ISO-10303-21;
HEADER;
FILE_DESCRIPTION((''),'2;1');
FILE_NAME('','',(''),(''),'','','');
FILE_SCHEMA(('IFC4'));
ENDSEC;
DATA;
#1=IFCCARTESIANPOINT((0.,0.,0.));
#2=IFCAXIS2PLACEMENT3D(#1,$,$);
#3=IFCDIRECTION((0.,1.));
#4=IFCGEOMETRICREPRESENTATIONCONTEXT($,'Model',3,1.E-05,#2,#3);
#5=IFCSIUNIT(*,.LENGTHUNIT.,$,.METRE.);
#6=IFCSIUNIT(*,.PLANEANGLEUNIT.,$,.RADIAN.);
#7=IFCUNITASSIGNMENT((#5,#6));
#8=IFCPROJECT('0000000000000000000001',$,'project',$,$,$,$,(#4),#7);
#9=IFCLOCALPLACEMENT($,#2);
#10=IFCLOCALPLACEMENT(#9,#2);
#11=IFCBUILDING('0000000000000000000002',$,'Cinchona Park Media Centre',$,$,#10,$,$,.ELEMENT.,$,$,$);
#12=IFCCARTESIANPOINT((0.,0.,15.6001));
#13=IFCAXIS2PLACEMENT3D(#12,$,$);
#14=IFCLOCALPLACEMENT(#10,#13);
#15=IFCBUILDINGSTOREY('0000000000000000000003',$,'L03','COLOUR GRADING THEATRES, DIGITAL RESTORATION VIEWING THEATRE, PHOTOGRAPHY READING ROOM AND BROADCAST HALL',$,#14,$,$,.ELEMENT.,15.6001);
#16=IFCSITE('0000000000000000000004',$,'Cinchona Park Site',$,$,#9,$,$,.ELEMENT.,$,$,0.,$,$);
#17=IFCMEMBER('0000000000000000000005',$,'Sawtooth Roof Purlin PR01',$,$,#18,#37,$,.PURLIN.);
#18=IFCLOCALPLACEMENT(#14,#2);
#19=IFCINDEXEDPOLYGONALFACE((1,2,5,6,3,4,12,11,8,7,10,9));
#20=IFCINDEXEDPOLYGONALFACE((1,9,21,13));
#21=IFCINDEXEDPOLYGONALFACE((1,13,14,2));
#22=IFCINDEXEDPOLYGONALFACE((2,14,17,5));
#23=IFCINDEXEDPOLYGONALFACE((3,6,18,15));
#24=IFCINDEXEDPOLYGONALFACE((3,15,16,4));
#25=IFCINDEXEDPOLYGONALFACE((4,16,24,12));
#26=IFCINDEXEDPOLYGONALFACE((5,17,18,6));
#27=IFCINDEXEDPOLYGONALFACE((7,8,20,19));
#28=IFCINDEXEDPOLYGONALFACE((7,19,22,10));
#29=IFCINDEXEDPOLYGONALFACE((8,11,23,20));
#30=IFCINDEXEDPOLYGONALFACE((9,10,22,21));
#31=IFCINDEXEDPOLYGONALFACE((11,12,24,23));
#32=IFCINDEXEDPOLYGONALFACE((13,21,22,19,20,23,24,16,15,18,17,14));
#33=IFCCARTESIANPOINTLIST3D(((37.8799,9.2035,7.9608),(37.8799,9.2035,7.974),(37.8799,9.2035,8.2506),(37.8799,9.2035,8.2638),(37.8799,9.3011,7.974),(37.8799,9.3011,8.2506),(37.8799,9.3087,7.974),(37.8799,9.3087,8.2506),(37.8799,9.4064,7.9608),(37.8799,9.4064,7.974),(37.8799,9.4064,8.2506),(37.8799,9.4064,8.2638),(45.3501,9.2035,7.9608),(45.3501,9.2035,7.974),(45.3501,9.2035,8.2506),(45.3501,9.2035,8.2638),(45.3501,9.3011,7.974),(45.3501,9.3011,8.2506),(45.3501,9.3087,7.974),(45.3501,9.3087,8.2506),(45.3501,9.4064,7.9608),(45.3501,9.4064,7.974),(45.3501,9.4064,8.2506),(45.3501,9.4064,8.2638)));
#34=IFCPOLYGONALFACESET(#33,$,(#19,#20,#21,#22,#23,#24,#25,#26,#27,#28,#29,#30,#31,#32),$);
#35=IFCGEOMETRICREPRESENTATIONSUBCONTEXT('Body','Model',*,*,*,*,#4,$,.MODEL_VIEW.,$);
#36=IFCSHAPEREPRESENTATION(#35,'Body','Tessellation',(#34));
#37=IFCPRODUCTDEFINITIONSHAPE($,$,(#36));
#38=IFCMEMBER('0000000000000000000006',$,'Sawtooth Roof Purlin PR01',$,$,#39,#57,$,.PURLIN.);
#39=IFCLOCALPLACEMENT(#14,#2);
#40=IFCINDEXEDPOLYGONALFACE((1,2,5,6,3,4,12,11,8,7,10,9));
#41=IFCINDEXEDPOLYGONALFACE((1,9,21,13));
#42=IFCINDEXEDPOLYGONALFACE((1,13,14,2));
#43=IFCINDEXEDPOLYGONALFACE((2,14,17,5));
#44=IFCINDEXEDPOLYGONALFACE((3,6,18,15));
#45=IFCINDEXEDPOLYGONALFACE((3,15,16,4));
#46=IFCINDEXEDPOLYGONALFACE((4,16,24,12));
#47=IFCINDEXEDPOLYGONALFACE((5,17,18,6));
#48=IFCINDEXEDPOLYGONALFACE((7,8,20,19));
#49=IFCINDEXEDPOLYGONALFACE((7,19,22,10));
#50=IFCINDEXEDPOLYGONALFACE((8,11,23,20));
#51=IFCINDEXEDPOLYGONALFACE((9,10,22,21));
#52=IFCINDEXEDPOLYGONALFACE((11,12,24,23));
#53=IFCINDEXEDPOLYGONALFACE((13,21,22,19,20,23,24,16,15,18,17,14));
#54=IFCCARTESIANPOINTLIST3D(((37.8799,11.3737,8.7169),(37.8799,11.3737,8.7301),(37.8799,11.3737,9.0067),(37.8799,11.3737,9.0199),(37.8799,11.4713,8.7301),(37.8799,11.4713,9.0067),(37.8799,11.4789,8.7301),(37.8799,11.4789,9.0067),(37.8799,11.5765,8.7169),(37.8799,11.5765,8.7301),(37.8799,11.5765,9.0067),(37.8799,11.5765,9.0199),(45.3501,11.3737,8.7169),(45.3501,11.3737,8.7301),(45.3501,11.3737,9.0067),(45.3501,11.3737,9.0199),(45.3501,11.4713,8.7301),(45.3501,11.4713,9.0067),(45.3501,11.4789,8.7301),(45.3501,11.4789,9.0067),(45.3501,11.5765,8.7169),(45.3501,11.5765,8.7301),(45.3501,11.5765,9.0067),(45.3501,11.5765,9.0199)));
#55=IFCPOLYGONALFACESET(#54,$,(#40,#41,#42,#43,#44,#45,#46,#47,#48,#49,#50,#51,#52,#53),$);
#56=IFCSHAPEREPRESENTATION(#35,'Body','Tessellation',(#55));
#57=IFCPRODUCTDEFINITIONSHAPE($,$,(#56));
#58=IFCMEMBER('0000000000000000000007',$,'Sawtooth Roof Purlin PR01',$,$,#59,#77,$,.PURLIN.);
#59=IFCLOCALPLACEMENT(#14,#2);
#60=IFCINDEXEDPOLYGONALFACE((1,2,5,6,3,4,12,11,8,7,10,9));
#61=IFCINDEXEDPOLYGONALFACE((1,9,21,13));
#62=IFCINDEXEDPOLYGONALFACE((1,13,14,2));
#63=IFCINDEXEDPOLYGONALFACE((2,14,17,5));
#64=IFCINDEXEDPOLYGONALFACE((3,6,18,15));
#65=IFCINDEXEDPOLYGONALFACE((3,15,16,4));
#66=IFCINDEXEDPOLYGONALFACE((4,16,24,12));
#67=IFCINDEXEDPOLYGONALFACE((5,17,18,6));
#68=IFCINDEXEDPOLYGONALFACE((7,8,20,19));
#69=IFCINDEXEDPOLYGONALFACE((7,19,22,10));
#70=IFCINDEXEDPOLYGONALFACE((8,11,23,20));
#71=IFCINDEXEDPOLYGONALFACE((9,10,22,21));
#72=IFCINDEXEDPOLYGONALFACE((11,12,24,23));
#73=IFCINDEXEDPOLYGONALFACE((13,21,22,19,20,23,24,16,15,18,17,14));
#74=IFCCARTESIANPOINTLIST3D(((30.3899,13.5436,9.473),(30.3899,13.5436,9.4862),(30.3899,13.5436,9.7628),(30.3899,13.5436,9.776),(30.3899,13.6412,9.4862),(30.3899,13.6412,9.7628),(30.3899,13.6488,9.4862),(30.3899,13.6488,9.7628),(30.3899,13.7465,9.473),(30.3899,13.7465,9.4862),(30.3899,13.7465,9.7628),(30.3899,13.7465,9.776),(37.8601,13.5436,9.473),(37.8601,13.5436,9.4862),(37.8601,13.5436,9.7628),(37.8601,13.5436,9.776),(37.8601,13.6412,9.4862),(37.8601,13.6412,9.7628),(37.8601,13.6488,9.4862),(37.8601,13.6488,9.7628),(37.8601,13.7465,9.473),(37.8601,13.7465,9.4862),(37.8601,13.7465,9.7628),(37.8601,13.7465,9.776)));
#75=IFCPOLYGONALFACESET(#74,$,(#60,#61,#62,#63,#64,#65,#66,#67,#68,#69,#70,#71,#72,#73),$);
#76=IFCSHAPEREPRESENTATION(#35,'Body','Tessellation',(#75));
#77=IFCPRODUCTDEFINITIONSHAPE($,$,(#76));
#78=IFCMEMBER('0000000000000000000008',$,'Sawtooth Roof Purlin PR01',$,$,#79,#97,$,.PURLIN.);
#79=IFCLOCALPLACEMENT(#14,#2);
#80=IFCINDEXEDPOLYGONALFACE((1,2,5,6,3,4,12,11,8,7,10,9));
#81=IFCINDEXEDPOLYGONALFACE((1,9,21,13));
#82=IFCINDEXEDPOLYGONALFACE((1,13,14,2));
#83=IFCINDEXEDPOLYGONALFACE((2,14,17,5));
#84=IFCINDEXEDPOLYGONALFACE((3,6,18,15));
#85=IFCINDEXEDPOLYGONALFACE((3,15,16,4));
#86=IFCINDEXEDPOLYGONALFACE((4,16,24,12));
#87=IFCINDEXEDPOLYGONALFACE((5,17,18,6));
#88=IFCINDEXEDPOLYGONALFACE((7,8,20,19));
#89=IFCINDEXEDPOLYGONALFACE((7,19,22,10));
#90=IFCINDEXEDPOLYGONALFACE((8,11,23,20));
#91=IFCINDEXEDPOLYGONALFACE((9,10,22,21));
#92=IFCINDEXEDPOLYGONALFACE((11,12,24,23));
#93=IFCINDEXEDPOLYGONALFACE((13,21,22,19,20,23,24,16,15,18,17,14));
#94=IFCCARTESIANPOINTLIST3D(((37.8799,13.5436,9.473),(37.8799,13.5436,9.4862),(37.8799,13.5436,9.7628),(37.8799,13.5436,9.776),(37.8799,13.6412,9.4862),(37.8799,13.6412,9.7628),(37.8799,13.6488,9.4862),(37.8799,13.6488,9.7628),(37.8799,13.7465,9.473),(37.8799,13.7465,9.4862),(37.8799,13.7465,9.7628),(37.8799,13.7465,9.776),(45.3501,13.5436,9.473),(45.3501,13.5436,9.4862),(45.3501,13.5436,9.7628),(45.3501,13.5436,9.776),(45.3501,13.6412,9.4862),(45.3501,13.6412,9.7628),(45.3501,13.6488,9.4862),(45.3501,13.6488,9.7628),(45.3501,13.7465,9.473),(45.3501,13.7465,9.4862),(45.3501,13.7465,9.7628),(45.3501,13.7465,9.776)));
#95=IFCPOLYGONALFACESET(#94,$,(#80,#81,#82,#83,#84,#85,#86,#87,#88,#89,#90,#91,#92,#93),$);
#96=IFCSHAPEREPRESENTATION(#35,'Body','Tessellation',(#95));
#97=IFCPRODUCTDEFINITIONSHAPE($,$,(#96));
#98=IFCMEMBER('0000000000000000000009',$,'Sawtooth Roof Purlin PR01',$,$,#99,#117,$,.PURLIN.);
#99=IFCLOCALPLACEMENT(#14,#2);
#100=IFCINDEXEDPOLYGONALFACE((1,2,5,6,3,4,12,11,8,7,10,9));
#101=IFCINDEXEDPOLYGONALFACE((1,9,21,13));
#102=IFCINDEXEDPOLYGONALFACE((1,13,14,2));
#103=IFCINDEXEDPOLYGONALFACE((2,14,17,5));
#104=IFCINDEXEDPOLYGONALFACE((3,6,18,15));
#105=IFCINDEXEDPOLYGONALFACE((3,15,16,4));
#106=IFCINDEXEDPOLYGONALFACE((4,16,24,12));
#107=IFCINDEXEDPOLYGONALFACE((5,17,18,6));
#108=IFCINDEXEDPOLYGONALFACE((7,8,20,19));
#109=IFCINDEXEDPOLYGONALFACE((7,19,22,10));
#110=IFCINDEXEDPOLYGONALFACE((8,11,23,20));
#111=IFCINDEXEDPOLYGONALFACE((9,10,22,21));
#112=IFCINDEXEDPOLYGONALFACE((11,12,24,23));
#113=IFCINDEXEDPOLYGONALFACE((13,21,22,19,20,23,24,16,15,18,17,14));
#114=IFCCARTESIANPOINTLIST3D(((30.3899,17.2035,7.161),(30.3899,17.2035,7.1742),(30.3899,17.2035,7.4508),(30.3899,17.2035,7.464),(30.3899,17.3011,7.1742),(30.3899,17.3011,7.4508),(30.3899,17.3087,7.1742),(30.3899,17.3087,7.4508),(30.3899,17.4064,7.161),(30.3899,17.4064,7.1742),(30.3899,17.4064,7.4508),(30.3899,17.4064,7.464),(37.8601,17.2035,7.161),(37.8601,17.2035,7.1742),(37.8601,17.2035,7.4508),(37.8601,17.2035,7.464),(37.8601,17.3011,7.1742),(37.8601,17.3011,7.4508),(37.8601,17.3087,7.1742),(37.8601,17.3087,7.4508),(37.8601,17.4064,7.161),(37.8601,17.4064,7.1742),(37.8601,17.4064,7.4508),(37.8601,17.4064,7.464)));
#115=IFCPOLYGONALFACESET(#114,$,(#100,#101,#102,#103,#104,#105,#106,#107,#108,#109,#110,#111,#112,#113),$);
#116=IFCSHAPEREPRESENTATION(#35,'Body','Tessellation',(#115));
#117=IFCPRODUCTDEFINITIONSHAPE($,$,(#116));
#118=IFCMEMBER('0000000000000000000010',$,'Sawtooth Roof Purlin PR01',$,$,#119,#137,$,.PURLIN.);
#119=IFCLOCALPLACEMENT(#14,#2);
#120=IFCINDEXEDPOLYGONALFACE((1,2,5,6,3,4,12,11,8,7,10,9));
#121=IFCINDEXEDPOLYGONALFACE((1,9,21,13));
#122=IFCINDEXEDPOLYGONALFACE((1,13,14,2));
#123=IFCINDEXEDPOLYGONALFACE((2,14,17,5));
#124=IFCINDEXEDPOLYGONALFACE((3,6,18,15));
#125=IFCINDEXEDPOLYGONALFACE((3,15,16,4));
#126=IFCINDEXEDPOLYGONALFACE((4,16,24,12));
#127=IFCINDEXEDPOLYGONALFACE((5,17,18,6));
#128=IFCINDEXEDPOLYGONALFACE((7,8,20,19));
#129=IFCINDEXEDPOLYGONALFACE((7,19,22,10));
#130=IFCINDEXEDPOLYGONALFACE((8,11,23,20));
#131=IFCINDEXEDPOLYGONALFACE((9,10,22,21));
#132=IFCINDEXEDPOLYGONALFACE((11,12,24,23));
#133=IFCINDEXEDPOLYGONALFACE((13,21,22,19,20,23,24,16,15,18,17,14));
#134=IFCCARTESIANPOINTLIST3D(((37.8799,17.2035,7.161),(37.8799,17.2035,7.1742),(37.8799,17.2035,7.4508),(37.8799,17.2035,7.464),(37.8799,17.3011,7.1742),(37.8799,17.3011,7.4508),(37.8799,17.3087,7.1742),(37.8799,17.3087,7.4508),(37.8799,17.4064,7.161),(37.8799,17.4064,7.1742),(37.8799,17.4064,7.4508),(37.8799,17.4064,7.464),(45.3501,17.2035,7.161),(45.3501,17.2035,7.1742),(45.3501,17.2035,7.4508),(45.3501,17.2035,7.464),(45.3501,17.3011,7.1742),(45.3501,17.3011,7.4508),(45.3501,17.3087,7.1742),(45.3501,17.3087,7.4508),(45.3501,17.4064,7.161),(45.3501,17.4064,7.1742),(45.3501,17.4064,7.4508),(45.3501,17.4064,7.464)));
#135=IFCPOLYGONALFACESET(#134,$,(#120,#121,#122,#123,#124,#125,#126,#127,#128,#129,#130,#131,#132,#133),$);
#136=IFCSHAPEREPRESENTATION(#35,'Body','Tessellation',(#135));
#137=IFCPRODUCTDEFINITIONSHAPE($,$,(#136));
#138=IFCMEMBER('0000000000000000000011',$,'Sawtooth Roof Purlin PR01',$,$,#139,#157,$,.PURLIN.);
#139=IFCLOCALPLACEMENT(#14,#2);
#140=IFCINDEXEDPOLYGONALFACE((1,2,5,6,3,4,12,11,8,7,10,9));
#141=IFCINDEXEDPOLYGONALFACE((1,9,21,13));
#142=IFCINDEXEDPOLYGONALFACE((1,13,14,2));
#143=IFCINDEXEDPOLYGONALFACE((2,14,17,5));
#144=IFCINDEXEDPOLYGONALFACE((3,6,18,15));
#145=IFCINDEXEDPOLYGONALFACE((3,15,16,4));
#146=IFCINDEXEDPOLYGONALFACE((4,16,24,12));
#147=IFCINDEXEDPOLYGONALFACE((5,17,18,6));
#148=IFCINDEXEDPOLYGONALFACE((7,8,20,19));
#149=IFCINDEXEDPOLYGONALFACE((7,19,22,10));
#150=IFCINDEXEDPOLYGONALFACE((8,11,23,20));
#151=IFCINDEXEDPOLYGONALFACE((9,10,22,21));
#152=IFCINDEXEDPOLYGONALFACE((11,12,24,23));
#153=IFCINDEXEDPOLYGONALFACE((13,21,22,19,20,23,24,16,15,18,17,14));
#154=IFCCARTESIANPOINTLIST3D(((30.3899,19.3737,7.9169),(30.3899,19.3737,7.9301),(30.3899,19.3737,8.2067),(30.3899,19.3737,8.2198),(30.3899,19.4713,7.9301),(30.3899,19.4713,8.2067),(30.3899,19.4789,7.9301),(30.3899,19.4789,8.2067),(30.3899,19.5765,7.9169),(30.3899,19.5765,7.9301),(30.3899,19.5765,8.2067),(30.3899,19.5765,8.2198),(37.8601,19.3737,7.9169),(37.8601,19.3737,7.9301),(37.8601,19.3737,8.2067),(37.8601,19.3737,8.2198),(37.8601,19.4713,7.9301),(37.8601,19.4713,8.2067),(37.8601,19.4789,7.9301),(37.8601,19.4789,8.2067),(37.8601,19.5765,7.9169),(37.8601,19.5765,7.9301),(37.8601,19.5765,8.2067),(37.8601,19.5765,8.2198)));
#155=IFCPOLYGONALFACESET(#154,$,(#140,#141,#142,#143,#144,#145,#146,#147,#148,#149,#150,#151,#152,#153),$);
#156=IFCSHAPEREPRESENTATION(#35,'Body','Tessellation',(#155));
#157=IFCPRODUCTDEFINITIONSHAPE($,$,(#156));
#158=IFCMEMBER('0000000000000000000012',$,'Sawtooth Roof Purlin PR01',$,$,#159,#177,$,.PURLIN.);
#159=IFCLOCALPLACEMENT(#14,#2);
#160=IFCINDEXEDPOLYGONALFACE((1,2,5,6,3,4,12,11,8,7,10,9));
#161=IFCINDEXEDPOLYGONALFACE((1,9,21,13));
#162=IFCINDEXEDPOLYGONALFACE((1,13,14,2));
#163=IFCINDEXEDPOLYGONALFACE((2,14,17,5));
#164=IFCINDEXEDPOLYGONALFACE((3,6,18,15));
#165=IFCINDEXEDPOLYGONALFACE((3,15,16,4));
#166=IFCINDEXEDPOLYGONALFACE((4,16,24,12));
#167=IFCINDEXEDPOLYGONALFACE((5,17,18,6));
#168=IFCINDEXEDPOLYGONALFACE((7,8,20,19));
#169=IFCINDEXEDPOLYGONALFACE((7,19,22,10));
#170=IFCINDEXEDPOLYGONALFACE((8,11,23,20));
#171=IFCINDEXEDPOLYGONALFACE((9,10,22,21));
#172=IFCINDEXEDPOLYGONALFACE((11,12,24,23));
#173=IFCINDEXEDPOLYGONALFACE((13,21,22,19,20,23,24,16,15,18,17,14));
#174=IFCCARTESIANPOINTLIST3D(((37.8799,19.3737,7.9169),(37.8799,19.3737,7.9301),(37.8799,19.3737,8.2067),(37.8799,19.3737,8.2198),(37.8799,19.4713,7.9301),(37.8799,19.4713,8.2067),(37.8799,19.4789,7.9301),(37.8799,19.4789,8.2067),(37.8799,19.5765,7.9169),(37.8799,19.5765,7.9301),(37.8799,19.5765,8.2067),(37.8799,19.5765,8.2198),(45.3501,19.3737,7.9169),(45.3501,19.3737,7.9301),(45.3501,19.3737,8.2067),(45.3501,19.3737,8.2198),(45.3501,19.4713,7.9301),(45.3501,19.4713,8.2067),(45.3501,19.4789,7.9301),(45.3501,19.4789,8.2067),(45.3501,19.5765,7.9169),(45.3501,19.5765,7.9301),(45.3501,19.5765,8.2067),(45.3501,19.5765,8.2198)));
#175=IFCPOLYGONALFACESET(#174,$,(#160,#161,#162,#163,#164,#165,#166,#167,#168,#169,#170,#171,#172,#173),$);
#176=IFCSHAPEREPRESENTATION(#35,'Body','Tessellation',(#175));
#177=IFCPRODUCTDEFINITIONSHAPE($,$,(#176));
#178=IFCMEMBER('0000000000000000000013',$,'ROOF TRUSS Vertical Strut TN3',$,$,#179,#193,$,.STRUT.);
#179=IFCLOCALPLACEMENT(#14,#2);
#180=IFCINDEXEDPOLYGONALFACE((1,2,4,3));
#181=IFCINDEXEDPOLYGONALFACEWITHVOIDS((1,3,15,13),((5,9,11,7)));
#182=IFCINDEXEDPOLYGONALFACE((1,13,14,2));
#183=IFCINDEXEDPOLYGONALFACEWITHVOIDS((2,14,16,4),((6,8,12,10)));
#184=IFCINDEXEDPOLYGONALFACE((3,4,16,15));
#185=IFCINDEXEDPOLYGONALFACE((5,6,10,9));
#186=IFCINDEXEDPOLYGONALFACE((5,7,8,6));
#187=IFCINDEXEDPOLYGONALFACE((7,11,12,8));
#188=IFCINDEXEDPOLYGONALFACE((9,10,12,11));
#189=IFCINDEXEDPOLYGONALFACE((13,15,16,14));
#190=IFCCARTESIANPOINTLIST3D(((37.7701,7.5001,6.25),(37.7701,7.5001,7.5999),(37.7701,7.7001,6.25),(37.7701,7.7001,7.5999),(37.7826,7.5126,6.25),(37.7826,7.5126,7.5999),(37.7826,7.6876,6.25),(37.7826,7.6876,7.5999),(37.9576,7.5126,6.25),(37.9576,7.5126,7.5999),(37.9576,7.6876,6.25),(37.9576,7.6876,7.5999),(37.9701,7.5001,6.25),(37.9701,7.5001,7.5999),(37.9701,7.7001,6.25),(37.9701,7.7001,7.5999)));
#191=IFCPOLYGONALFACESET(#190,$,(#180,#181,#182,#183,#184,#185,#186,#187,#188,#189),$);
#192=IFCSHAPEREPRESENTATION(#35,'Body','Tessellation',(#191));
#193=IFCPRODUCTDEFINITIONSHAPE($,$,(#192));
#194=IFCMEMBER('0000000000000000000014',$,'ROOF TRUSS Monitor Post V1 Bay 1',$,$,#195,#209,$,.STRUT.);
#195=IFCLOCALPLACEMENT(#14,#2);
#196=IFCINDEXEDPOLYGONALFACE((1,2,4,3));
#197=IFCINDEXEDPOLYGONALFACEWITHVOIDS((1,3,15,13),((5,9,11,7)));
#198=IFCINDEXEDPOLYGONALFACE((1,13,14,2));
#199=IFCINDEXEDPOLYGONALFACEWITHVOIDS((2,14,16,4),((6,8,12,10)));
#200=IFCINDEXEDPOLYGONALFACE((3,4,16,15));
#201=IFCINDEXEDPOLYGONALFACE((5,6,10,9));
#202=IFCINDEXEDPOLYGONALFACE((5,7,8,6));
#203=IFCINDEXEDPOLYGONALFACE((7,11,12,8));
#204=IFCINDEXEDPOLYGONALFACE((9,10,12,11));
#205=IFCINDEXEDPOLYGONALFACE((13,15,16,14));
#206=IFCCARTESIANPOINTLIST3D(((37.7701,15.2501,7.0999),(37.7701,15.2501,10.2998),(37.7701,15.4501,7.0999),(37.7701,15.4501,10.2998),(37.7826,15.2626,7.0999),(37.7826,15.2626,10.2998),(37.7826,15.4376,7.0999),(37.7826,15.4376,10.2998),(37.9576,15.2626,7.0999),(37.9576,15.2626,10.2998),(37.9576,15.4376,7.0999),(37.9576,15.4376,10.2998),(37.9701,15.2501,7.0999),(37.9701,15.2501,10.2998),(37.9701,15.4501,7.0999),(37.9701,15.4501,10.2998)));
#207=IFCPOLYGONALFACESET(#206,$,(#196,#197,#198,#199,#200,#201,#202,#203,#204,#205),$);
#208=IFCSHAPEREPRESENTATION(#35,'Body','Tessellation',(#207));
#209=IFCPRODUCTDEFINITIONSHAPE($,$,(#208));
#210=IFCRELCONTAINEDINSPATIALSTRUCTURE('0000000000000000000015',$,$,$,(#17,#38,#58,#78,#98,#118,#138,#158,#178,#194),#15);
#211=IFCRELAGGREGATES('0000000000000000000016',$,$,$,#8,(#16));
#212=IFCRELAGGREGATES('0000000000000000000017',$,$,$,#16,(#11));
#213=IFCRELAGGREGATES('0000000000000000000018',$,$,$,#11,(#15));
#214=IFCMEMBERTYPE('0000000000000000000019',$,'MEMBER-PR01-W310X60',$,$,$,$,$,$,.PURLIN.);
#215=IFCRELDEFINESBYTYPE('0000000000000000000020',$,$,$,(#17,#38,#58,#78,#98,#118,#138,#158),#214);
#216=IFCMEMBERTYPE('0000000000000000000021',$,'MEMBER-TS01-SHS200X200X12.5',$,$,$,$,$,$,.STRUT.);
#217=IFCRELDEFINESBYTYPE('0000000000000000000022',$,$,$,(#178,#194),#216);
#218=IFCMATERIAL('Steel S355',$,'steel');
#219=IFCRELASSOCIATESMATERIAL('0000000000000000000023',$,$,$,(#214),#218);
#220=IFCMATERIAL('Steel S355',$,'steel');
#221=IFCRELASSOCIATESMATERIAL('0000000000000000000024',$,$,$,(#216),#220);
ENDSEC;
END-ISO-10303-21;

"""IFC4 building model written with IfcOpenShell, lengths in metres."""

from ifc_helpers import new_model, si_unit, direction, frame, origin, origin_2d, place, context, subcontext, project, spatial, hollow_rectangle, i_section, extrude, material, material_profile, profile_set, type_object, element, save


model = new_model("IFC4")

# Units and contexts
model_context = context("Model", 3, precision=1e-05, world=origin(), true_north=direction((0.0, 1.0)))
body_context = subcontext(model_context, "Body", "Model", "MODEL_VIEW")
ifc_project = project(units=[si_unit("LENGTHUNIT", "METRE"), si_unit("PLANEANGLEUNIT", "RADIAN")], contexts=[model_context])

# Site, building, storey
site_placement = place(None, origin())
site = spatial("IfcSite", under=ifc_project, at=site_placement, Name="Cinchona Park Site", CompositionType="ELEMENT", RefElevation=0.0)
building_placement = place(site_placement, origin())
building = spatial("IfcBuilding", under=site, at=building_placement, Name="Cinchona Park Media Centre", CompositionType="ELEMENT")
storey_placement = place(building_placement, frame((0.0, 0.0, 15.6001)))
storey = spatial("IfcBuildingStorey", under=building, at=storey_placement, Name="L03", Description="COLOUR GRADING THEATRES, DIGITAL RESTORATION VIEWING THEATRE, PHOTOGRAPHY READING ROOM AND BROADCAST HALL", CompositionType="ELEMENT", Elevation=15.6001)

# Members
ifc_material_1 = material(Name="Steel S355", Category="steel")
ifc_material_profile_1 = material_profile(ifc_material_1, i_section(OverallWidth=0.2029, OverallDepth=0.303, WebThickness=0.0076, FlangeThickness=0.0132, at=origin_2d()), Name="W310X60")
ifc_profile_set_1 = profile_set([ifc_material_profile_1], Name="Steel S355")
member_type_1 = type_object("IfcMemberType", Name="MEMBER-PR01-W310X60", PredefinedType="PURLIN", material=ifc_profile_set_1)
for number, where, z_axis, x_axis, name in (
    (1, (37.8799, 9.3049, 8.1123), (1.0, 0.0, 0.0), (0.0, 1.0, 0.0), "Sawtooth Roof Purlin PR01"),
    (2, (37.8799, 11.4751, 8.8684), (1.0, 0.0, 0.0), (0.0, 1.0, 0.0), "Sawtooth Roof Purlin PR01"),
    (3, (30.3899, 13.645, 9.6245), (1.0, 0.0, 0.0), (0.0, 1.0, 0.0), "Sawtooth Roof Purlin PR01"),
    (4, (37.8799, 13.645, 9.6245), (1.0, 0.0, 0.0), (0.0, 1.0, 0.0), "Sawtooth Roof Purlin PR01"),
    (5, (30.3899, 17.3049, 7.3125), (1.0, 0.0, 0.0), (0.0, 1.0, 0.0), "Sawtooth Roof Purlin PR01"),
    (6, (37.8799, 17.3049, 7.3125), (1.0, 0.0, 0.0), (0.0, 1.0, 0.0), "Sawtooth Roof Purlin PR01"),
    (7, (30.3899, 19.4751, 8.0684), (1.0, 0.0, 0.0), (0.0, 1.0, 0.0), "Sawtooth Roof Purlin PR01"),
    (8, (37.8799, 19.4751, 8.0684), (1.0, 0.0, 0.0), (0.0, 1.0, 0.0), "Sawtooth Roof Purlin PR01"),
):
    element("IfcMember", number, at=place(storey_placement, frame(where, z_axis=z_axis, x_axis=x_axis)), inside=storey, type_object=member_type_1, Name=name, PredefinedType="PURLIN", context=body_context, shape_type="SweptSolid", body=[
        extrude(i_section(OverallWidth=0.2029, OverallDepth=0.303, WebThickness=0.0076, FlangeThickness=0.0132, at=origin_2d()), origin(), (0.0, 0.0, 1.0), 7.4702),
    ])
ifc_material_2 = material(Name="Steel S355", Category="steel")
ifc_material_profile_2 = material_profile(ifc_material_2, hollow_rectangle(XDim=0.2, YDim=0.2, WallThickness=0.0125, at=origin_2d()), Name="200X200X12.5SHS")
ifc_profile_set_2 = profile_set([ifc_material_profile_2], Name="Steel S355")
member_type_2 = type_object("IfcMemberType", Name="MEMBER-TS01-SHS200X200X12.5", PredefinedType="STRUT", material=ifc_profile_set_2)
member_1_placement = place(storey_placement, frame((37.8701, 7.6001, 6.25), z_axis=(0.0, 0.0, 1.0), x_axis=(1.0, 0.0, 0.0)))
element("IfcMember", 9, at=member_1_placement, inside=storey, type_object=member_type_2, Name="ROOF TRUSS Vertical Strut TN3", PredefinedType="STRUT", context=body_context, shape_type="SweptSolid", body=[
    extrude(hollow_rectangle(XDim=0.2, YDim=0.2, WallThickness=0.0125, at=origin_2d()), origin(), (0.0, 0.0, 1.0), 1.3499),
])
member_2_placement = place(storey_placement, frame((37.8701, 15.3501, 7.0999), z_axis=(0.0, 0.0, 1.0), x_axis=(1.0, 0.0, 0.0)))
element("IfcMember", 10, at=member_2_placement, inside=storey, type_object=member_type_2, Name="ROOF TRUSS Monitor Post V1 Bay 1", PredefinedType="STRUT", context=body_context, shape_type="SweptSolid", body=[
    extrude(hollow_rectangle(XDim=0.2, YDim=0.2, WallThickness=0.0125, at=origin_2d()), origin(), (0.0, 0.0, 1.0), 3.2),
])

save(model, "model.ifc")
